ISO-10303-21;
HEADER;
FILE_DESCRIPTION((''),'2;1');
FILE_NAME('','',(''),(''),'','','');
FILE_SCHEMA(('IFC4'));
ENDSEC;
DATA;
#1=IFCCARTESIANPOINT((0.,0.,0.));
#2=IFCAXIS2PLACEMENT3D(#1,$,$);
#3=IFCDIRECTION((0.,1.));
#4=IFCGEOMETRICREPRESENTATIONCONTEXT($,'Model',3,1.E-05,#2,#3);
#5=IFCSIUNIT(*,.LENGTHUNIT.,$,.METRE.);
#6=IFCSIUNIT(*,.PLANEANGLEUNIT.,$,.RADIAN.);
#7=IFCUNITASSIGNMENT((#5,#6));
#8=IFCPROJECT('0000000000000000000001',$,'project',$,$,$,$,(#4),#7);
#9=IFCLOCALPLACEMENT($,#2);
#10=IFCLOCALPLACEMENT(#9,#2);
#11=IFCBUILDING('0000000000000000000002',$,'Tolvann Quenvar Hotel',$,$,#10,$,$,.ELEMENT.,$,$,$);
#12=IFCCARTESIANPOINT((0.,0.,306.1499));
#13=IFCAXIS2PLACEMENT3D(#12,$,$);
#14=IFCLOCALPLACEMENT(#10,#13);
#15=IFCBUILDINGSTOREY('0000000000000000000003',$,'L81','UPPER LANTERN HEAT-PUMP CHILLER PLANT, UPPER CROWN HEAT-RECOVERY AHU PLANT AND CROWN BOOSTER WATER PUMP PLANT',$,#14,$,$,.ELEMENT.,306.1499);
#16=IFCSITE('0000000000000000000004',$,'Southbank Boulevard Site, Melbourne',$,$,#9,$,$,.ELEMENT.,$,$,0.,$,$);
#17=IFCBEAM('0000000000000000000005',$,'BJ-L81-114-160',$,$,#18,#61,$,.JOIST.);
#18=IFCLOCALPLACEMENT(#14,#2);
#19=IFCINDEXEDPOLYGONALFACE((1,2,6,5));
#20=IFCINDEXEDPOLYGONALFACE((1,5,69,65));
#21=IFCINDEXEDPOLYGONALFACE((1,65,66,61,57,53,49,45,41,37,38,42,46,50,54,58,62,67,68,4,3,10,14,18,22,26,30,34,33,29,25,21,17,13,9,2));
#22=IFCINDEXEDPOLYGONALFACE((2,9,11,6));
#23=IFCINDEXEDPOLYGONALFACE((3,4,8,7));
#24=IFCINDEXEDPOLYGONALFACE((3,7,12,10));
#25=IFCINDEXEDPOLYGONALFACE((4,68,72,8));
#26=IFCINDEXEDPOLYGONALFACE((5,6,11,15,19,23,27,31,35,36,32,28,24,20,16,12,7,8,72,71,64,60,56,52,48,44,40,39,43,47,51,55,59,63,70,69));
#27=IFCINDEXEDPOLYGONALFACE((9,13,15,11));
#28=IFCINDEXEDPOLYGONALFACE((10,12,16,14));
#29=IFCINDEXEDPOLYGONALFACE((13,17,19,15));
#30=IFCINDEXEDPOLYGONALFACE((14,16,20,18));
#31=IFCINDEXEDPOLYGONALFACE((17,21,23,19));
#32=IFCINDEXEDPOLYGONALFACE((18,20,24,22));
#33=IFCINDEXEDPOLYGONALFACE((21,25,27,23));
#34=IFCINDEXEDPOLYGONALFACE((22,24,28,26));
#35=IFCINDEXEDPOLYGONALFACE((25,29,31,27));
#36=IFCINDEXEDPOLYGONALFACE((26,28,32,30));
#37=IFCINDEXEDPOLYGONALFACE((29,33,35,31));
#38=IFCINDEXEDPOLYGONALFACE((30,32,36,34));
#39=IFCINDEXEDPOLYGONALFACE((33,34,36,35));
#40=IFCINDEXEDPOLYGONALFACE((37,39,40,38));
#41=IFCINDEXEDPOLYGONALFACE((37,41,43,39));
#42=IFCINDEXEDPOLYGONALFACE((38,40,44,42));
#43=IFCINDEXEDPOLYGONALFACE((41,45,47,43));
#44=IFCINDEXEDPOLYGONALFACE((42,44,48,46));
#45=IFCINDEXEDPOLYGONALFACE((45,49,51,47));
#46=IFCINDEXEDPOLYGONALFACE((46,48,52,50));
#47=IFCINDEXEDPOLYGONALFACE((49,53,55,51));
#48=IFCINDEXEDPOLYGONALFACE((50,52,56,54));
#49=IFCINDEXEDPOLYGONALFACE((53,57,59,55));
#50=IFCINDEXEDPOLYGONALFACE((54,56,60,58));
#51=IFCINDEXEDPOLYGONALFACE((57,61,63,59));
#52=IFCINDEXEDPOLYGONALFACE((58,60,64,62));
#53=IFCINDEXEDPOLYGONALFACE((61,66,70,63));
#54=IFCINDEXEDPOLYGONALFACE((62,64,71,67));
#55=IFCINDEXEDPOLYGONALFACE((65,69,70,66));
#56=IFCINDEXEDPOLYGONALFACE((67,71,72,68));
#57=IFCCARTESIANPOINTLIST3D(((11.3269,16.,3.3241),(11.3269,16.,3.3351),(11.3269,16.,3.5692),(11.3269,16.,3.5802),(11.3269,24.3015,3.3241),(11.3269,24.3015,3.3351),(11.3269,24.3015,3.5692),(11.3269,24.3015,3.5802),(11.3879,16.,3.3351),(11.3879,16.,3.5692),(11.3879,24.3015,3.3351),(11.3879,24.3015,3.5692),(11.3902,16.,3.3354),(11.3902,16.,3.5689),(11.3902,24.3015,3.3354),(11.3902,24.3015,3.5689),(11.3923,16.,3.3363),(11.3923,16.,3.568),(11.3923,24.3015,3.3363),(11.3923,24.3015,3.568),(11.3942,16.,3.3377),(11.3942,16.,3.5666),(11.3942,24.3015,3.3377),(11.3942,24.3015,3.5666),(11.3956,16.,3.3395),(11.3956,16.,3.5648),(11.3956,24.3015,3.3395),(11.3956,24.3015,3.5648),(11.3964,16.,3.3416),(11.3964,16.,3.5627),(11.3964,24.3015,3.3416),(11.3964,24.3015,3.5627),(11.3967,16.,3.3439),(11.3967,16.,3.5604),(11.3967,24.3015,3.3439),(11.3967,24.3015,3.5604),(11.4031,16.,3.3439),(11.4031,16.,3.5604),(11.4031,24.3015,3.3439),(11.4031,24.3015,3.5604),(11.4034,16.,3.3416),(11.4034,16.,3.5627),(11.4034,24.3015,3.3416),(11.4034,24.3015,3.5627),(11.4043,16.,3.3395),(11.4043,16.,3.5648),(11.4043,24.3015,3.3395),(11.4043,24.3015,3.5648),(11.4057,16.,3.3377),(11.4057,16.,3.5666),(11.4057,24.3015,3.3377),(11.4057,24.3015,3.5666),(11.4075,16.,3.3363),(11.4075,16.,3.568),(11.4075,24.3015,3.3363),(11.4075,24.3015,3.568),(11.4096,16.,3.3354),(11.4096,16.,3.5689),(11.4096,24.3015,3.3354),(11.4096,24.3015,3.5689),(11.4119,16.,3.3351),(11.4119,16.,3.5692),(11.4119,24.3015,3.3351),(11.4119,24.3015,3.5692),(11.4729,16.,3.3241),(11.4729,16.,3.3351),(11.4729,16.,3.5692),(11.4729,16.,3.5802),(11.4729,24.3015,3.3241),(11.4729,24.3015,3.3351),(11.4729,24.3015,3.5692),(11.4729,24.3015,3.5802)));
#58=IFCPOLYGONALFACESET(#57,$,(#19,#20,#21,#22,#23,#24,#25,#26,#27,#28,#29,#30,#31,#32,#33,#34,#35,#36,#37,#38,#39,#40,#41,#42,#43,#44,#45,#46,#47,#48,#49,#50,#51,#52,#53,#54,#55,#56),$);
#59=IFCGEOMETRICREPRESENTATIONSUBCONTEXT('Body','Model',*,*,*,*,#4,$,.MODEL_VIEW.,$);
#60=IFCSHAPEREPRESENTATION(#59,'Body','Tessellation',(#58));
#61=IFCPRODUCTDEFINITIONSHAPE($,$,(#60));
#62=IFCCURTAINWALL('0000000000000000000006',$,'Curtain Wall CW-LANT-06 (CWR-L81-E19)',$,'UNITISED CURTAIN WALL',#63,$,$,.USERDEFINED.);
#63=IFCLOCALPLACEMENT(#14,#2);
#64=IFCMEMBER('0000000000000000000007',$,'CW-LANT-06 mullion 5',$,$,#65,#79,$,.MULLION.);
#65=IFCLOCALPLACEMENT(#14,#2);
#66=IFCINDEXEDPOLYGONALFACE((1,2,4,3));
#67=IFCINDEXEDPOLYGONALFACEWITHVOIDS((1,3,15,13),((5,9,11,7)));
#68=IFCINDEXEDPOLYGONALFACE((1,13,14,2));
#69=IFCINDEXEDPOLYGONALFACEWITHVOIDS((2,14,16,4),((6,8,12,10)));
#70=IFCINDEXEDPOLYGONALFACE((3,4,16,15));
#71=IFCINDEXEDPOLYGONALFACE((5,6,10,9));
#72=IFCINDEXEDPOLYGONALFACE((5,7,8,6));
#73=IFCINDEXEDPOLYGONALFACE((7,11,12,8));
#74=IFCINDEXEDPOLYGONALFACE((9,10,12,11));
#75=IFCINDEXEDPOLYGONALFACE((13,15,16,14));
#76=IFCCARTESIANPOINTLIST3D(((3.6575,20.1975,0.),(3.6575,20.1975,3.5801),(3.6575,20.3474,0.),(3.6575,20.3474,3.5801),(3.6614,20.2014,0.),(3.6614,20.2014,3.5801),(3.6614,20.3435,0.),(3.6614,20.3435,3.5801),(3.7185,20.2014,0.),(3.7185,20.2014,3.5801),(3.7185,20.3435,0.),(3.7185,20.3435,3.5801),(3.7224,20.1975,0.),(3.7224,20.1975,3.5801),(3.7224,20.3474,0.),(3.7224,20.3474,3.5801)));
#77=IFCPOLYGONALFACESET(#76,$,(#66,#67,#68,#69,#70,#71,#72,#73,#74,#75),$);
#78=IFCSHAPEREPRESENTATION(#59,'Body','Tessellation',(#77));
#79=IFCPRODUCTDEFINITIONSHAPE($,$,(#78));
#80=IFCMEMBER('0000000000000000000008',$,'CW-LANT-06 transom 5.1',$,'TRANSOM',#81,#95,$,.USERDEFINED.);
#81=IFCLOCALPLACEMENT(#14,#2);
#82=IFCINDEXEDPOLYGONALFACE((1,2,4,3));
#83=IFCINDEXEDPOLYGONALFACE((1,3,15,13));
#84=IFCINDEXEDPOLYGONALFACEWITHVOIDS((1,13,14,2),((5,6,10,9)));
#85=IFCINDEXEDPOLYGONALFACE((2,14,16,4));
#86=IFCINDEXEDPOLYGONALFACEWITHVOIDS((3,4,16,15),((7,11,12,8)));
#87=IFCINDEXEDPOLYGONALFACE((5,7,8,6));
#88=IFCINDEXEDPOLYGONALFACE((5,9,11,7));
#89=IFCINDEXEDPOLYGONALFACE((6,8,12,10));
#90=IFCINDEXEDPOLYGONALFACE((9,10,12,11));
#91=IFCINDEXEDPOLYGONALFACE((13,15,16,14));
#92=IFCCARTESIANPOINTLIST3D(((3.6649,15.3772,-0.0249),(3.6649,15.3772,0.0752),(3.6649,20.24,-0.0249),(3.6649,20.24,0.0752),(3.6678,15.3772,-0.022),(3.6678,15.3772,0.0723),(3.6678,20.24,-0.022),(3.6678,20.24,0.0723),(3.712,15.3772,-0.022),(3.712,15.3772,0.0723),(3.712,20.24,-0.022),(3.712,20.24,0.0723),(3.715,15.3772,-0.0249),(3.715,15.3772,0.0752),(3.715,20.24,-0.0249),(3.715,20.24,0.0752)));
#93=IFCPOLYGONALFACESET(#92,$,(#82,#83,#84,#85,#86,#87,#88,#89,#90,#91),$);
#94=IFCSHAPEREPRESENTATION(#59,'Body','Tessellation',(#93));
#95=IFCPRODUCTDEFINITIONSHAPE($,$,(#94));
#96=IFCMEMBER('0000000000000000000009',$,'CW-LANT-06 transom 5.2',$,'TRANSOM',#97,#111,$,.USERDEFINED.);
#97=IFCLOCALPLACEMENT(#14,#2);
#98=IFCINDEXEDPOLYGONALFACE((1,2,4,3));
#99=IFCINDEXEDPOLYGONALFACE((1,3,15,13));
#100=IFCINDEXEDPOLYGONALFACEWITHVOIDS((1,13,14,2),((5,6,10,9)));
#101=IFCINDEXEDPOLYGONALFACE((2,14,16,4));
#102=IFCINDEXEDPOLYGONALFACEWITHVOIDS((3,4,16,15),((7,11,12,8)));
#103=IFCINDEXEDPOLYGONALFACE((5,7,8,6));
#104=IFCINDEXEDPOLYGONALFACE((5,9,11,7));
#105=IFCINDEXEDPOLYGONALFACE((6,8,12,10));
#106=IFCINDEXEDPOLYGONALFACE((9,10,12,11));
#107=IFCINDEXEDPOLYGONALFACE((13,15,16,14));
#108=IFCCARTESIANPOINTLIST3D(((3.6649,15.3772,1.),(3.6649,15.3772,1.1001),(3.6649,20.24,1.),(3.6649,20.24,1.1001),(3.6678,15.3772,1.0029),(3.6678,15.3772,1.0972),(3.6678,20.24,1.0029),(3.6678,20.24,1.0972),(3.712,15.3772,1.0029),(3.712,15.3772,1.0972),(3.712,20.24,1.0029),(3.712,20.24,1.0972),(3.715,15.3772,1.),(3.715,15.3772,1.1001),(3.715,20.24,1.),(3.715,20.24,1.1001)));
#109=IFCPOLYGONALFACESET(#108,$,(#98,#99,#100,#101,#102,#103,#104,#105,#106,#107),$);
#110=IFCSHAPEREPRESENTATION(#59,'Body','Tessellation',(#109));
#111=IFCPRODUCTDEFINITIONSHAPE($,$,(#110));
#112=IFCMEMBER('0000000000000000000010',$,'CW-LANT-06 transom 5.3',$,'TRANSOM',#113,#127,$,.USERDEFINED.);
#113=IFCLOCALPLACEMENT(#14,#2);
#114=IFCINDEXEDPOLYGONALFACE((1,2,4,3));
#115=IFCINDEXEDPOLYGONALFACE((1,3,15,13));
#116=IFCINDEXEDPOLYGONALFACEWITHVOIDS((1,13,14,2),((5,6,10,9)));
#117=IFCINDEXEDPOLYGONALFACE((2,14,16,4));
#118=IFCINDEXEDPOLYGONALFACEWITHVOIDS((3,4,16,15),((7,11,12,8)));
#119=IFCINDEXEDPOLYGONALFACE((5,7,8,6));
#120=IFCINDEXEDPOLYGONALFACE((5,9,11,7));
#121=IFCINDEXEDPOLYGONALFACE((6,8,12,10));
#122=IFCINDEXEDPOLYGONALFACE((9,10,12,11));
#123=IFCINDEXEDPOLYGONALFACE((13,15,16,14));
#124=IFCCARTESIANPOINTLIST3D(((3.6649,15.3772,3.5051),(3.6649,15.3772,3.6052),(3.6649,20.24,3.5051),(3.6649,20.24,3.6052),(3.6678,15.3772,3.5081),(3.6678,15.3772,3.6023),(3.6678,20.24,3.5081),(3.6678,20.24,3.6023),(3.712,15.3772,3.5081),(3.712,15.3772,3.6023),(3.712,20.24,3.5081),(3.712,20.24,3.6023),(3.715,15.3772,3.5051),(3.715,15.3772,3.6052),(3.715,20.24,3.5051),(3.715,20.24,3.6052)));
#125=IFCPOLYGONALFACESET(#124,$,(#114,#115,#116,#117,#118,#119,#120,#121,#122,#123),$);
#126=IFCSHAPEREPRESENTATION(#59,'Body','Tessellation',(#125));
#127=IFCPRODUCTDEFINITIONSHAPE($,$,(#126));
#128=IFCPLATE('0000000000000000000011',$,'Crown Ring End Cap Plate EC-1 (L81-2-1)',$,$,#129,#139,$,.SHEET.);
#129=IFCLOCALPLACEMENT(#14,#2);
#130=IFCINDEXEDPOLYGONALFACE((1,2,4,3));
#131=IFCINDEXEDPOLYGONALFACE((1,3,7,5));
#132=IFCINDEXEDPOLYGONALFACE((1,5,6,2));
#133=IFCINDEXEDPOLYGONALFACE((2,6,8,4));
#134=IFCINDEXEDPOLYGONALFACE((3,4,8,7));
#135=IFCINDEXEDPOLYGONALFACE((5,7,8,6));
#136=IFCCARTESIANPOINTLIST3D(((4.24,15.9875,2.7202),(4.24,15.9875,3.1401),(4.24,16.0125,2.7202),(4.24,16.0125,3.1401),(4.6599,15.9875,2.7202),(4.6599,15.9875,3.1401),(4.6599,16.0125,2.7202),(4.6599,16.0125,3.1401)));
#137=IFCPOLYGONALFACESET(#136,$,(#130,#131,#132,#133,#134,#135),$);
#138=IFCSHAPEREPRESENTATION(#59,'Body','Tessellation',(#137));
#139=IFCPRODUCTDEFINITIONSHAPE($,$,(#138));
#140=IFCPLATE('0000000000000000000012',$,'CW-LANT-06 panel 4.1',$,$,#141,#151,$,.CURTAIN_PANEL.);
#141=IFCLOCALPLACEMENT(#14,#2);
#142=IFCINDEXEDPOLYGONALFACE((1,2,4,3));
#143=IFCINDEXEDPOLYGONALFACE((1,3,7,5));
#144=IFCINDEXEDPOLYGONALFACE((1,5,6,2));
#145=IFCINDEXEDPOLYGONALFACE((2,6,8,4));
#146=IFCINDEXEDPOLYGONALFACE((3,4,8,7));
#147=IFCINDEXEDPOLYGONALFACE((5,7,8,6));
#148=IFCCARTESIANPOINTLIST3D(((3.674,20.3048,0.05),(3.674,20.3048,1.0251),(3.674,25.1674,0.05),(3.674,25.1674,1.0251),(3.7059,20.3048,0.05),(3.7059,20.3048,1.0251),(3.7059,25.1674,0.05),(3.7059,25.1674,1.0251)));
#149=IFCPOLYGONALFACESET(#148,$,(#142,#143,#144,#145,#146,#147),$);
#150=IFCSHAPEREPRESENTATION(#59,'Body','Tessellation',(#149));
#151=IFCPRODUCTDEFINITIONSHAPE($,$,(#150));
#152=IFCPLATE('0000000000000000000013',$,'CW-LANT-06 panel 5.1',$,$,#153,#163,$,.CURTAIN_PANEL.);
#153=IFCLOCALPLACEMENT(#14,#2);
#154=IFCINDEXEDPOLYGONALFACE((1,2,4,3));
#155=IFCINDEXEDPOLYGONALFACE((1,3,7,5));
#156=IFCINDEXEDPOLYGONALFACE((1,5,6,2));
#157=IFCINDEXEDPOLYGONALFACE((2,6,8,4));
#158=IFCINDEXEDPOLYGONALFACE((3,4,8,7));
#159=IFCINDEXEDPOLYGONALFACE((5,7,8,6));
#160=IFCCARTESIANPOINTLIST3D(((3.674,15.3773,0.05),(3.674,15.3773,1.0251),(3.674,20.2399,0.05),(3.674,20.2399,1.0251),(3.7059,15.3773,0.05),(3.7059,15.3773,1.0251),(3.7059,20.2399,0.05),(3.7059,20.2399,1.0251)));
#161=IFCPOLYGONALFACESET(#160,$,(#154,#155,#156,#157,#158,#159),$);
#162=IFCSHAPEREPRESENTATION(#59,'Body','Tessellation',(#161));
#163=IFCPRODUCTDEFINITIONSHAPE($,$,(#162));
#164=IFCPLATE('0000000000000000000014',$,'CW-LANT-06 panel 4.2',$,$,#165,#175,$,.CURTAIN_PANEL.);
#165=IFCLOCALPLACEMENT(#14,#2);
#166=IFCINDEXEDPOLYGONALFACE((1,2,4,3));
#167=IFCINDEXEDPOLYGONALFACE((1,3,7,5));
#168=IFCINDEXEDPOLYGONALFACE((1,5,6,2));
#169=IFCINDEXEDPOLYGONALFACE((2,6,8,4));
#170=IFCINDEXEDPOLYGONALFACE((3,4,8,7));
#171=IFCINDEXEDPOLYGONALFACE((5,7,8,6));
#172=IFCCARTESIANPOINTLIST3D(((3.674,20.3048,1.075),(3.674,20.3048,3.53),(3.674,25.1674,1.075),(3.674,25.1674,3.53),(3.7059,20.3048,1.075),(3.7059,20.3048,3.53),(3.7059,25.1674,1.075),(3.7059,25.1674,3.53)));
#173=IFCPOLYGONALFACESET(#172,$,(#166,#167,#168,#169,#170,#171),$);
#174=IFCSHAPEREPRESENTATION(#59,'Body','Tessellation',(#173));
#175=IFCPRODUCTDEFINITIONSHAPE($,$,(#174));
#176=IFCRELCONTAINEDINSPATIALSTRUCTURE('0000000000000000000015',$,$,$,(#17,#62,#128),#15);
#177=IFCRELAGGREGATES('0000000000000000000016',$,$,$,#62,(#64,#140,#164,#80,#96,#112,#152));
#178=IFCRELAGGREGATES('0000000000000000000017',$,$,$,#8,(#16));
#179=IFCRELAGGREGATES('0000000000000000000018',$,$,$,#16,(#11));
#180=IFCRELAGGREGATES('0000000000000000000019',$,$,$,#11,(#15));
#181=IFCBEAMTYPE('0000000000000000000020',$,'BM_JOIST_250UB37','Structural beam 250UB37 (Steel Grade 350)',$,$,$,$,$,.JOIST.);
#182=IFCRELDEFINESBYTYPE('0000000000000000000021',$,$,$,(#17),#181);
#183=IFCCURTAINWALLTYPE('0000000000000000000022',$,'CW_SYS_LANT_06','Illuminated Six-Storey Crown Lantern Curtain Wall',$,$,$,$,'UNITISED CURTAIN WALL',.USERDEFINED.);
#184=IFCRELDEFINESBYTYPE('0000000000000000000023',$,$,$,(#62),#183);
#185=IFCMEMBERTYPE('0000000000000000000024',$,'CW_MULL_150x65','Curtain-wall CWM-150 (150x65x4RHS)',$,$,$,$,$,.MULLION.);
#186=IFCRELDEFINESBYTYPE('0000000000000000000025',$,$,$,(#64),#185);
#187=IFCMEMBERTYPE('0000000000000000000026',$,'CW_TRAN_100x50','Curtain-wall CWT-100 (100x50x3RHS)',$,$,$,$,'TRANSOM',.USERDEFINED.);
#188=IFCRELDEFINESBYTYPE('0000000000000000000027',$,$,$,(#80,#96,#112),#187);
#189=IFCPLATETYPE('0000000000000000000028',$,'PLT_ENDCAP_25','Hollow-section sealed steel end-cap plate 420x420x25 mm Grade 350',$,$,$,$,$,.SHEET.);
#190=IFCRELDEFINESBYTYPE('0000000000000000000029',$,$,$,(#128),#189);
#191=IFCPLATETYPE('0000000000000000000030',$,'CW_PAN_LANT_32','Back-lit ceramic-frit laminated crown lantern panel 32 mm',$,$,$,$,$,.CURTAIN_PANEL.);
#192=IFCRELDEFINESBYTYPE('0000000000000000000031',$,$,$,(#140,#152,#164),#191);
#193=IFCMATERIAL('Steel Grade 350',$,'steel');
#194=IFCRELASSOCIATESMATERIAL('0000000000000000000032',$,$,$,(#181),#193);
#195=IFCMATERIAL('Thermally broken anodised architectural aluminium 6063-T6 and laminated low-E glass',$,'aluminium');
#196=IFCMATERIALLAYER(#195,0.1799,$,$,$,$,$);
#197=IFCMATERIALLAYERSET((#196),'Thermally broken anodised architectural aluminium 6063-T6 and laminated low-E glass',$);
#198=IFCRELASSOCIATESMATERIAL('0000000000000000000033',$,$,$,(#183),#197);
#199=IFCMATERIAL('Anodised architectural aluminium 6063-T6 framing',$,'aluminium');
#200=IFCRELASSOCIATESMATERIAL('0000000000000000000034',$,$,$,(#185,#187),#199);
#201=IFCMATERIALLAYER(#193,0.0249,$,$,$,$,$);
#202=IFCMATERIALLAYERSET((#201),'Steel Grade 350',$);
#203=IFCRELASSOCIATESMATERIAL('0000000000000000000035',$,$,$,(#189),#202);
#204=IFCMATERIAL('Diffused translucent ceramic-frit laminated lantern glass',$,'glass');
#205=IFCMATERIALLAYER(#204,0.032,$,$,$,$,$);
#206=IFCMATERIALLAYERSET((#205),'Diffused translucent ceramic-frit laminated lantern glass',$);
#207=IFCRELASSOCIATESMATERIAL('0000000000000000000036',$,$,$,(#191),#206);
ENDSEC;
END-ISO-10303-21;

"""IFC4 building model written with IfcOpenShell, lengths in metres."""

from ifc_helpers import new_model, si_unit, direction, frame, origin, origin_2d, place, context, subcontext, project, spatial, rectangle, hollow_rectangle, i_section, extrude, source, transform, mapped, material, layer, layer_set, material_profile, profile_set, type_object, type_shapes, element, aggregate, save


model = new_model("IFC4")

# Units and contexts
model_context = context("Model", 3, precision=1e-05, world=origin(), true_north=direction((0.0, 1.0)))
body_context = subcontext(model_context, "Body", "Model", "MODEL_VIEW")
ifc_project = project(units=[si_unit("LENGTHUNIT", "METRE"), si_unit("PLANEANGLEUNIT", "RADIAN")], contexts=[model_context])

# Site, building, storey
site_placement = place(None, origin())
site = spatial("IfcSite", under=ifc_project, at=site_placement, Name="Southbank Boulevard Site, Melbourne", CompositionType="ELEMENT", RefElevation=0.0)
building_placement = place(site_placement, origin())
building = spatial("IfcBuilding", under=site, at=building_placement, Name="Tolvann Quenvar Hotel", CompositionType="ELEMENT")
storey_placement = place(building_placement, frame((0.0, 0.0, 306.1499)))
storey = spatial("IfcBuildingStorey", under=building, at=storey_placement, Name="L81", Description="UPPER LANTERN HEAT-PUMP CHILLER PLANT, UPPER CROWN HEAT-RECOVERY AHU PLANT AND CROWN BOOSTER WATER PUMP PLANT", CompositionType="ELEMENT", Elevation=306.1499)

# Shared definitions
ifc_material_1 = material(Name="Steel Grade 350", Category="steel")

# Beam
ifc_material_profile_1 = material_profile(ifc_material_1, i_section(OverallWidth=0.146, OverallDepth=0.2561, WebThickness=0.0063, FlangeThickness=0.011, FilletRadius=0.0088, at=origin_2d()), Name="250UB37")
ifc_profile_set_1 = profile_set([ifc_material_profile_1], Name="Steel Grade 350")
beam_type_1 = type_object("IfcBeamType", Name="BM_JOIST_250UB37", Description="Structural beam 250UB37 (Steel Grade 350)", PredefinedType="JOIST", material=ifc_profile_set_1)
shared_shape_1 = source(origin(), body_context, "Body", "SweptSolid", [
    extrude(i_section(OverallWidth=0.146, OverallDepth=0.2561, WebThickness=0.0063, FlangeThickness=0.011, FilletRadius=0.0088, at=origin_2d()), origin(), (0.0, 0.0, 1.0), 8.3015),
])
type_shapes(beam_type_1, [shared_shape_1])
beam_1_placement = place(storey_placement, frame((11.3999, 16.0, 3.4521), z_axis=(0.0, 1.0, 0.0), x_axis=(-1.0, 0.0, 0.0)))
element("IfcBeam", 1, at=beam_1_placement, inside=storey, type_object=beam_type_1, Name="BJ-L81-114-160", PredefinedType="JOIST", context=body_context, shape_type="MappedRepresentation", body=[
    mapped(shared_shape_1, transform((0.0, 0.0, 0.0), x_axis=(1.0, 0.0, 0.0), y_axis=(0.0, 1.0, 0.0), z_axis=(0.0, 0.0, 1.0), scale=1.0)),
])

# Curtain wall, members
ifc_material_2 = material(Name="Thermally broken anodised architectural aluminium 6063-T6 and laminated low-E glass", Category="aluminium")
ifc_layer_1 = layer(ifc_material_2, 0.1799)
ifc_layer_set_1 = layer_set([ifc_layer_1], Name="Thermally broken anodised architectural aluminium 6063-T6 and laminated low-E glass")
curtain_wall_type = type_object("IfcCurtainWallType", Name="CW_SYS_LANT_06", Description="Illuminated Six-Storey Crown Lantern Curtain Wall", ElementType="UNITISED CURTAIN WALL", PredefinedType="USERDEFINED", material=ifc_layer_set_1)
curtain_wall_placement = place(storey_placement, origin())
curtain_wall = element("IfcCurtainWall", 2, at=curtain_wall_placement, inside=storey, type_object=curtain_wall_type, Name="Curtain Wall CW-LANT-06 (CWR-L81-E19)", ObjectType="UNITISED CURTAIN WALL", PredefinedType="USERDEFINED")
ifc_material_3 = material(Name="Anodised architectural aluminium 6063-T6 framing", Category="aluminium")
ifc_material_profile_2 = material_profile(ifc_material_3, hollow_rectangle(XDim=0.0649, YDim=0.1499, WallThickness=0.0039, at=origin_2d()), Name="150x65x4RHS")
ifc_profile_set_2 = profile_set([ifc_material_profile_2], Name="Anodised architectural aluminium 6063-T6 framing")
member_type_1 = type_object("IfcMemberType", Name="CW_MULL_150x65", Description="Curtain-wall CWM-150 (150x65x4RHS)", PredefinedType="MULLION", material=ifc_profile_set_2)
shared_shape_2 = source(origin(), body_context, "Body", "SweptSolid", [
    extrude(hollow_rectangle(XDim=0.0649, YDim=0.1499, WallThickness=0.0039, at=origin_2d()), origin(), (0.0, 0.0, 1.0), 3.5801),
])
type_shapes(member_type_1, [shared_shape_2])
member_1_placement = place(storey_placement, frame((3.6899, 20.2725, 0.0), z_axis=(0.0, 0.0, 1.0), x_axis=(1.0, 0.0, 0.0)))
member_1 = element("IfcMember", 3, at=member_1_placement, type_object=member_type_1, Name="CW-LANT-06 mullion 5", PredefinedType="MULLION", context=body_context, shape_type="MappedRepresentation", body=[
    mapped(shared_shape_2, transform((0.0, 0.0, 0.0), x_axis=(1.0, 0.0, 0.0), y_axis=(0.0, 1.0, 0.0), z_axis=(0.0, 0.0, 1.0), scale=1.0)),
])
ifc_material_profile_3 = material_profile(ifc_material_3, hollow_rectangle(XDim=0.05, YDim=0.1001, WallThickness=0.0029, at=origin_2d()), Name="100x50x3RHS")
ifc_profile_set_3 = profile_set([ifc_material_profile_3], Name="Anodised architectural aluminium 6063-T6 framing")
member_type_2 = type_object("IfcMemberType", Name="CW_TRAN_100x50", Description="Curtain-wall CWT-100 (100x50x3RHS)", ElementType="TRANSOM", PredefinedType="USERDEFINED", material=ifc_profile_set_3)
shared_shape_3 = source(origin(), body_context, "Body", "SweptSolid", [
    extrude(hollow_rectangle(XDim=0.05, YDim=0.1001, WallThickness=0.0029, at=origin_2d()), origin(), (0.0, 0.0, 1.0), 4.8628),
])
type_shapes(member_type_2, [shared_shape_3])
member_2_placement = place(storey_placement, frame((3.6899, 20.24, 0.0251), z_axis=(0.0, -1.0, 0.0), x_axis=(1.0, 0.0, 0.0)))
member_2 = element("IfcMember", 4, at=member_2_placement, type_object=member_type_2, Name="CW-LANT-06 transom 5.1", ObjectType="TRANSOM", PredefinedType="USERDEFINED", context=body_context, shape_type="MappedRepresentation", body=[
    mapped(shared_shape_3, transform((0.0, 0.0, 0.0), x_axis=(1.0, 0.0, 0.0), y_axis=(0.0, 1.0, 0.0), z_axis=(0.0, 0.0, 1.0), scale=1.0)),
])
member_3_placement = place(storey_placement, frame((3.6899, 20.24, 1.05), z_axis=(0.0, -1.0, 0.0), x_axis=(1.0, 0.0, 0.0)))
member_3 = element("IfcMember", 5, at=member_3_placement, type_object=member_type_2, Name="CW-LANT-06 transom 5.2", ObjectType="TRANSOM", PredefinedType="USERDEFINED", context=body_context, shape_type="MappedRepresentation", body=[
    mapped(shared_shape_3, transform((0.0, 0.0, 0.0), x_axis=(1.0, 0.0, 0.0), y_axis=(0.0, 1.0, 0.0), z_axis=(0.0, 0.0, 1.0), scale=1.0)),
])
member_4_placement = place(storey_placement, frame((3.6899, 20.24, 3.5552), z_axis=(0.0, -1.0, 0.0), x_axis=(1.0, 0.0, 0.0)))
member_4 = element("IfcMember", 6, at=member_4_placement, type_object=member_type_2, Name="CW-LANT-06 transom 5.3", ObjectType="TRANSOM", PredefinedType="USERDEFINED", context=body_context, shape_type="MappedRepresentation", body=[
    mapped(shared_shape_3, transform((0.0, 0.0, 0.0), x_axis=(1.0, 0.0, 0.0), y_axis=(0.0, 1.0, 0.0), z_axis=(0.0, 0.0, 1.0), scale=1.0)),
])

# Plates
ifc_layer_2 = layer(ifc_material_1, 0.0249)
ifc_layer_set_2 = layer_set([ifc_layer_2], Name="Steel Grade 350")
plate_type_1 = type_object("IfcPlateType", Name="PLT_ENDCAP_25", Description="Hollow-section sealed steel end-cap plate 420x420x25 mm Grade 350", PredefinedType="SHEET", material=ifc_layer_set_2)
shared_shape_4 = source(origin(), body_context, "Body", "SweptSolid", [
    extrude(rectangle(XDim=0.4199, YDim=0.0249, at=origin_2d()), origin(), (0.0, 0.0, 1.0), 0.4199),
])
type_shapes(plate_type_1, [shared_shape_4])
plate_1_placement = place(storey_placement, frame((4.45, 16.0, 2.7202), z_axis=(0.0, 0.0, 1.0), x_axis=(1.0, 0.0, 0.0)))
element("IfcPlate", 7, at=plate_1_placement, inside=storey, type_object=plate_type_1, Name="Crown Ring End Cap Plate EC-1 (L81-2-1)", PredefinedType="SHEET", context=body_context, shape_type="MappedRepresentation", body=[
    mapped(shared_shape_4, transform((0.0, 0.0, 0.0), x_axis=(1.0, 0.0, 0.0), y_axis=(0.0, 1.0, 0.0), z_axis=(0.0, 0.0, 1.0), scale=1.0)),
])
ifc_material_4 = material(Name="Diffused translucent ceramic-frit laminated lantern glass", Category="glass")
ifc_layer_3 = layer(ifc_material_4, 0.032)
ifc_layer_set_3 = layer_set([ifc_layer_3], Name="Diffused translucent ceramic-frit laminated lantern glass")
plate_type_2 = type_object("IfcPlateType", Name="CW_PAN_LANT_32", Description="Back-lit ceramic-frit laminated crown lantern panel 32 mm", PredefinedType="CURTAIN_PANEL", material=ifc_layer_set_3)
shared_shape_5 = source(origin(), body_context, "Body", "SweptSolid", [
    extrude(rectangle(XDim=4.8625, YDim=0.032, at=origin_2d()), origin(), (0.0, 0.0, 1.0), 0.9751),
])
plate_2_placement = place(storey_placement, frame((3.6899, 22.7361, 0.05), z_axis=(0.0, 0.0, 1.0), x_axis=(0.0, -1.0, 0.0)))
plate_2 = element("IfcPlate", 8, at=plate_2_placement, type_object=plate_type_2, Name="CW-LANT-06 panel 4.1", PredefinedType="CURTAIN_PANEL", context=body_context, shape_type="MappedRepresentation", body=[
    mapped(shared_shape_5, transform((0.0, 0.0, 0.0), x_axis=(1.0, 0.0, 0.0), y_axis=(0.0, 1.0, 0.0), z_axis=(0.0, 0.0, 1.0), scale=1.0)),
])
plate_3_placement = place(storey_placement, frame((3.6899, 17.8086, 0.05), z_axis=(0.0, 0.0, 1.0), x_axis=(0.0, -1.0, 0.0)))
plate_3 = element("IfcPlate", 9, at=plate_3_placement, type_object=plate_type_2, Name="CW-LANT-06 panel 5.1", PredefinedType="CURTAIN_PANEL", context=body_context, shape_type="MappedRepresentation", body=[
    mapped(shared_shape_5, transform((0.0, 0.0, 0.0), x_axis=(1.0, 0.0, 0.0), y_axis=(0.0, 1.0, 0.0), z_axis=(0.0, 0.0, 1.0), scale=1.0)),
])
shared_shape_6 = source(origin(), body_context, "Body", "SweptSolid", [
    extrude(rectangle(XDim=4.8625, YDim=0.032, at=origin_2d()), origin(), (0.0, 0.0, 1.0), 2.4551),
])
type_shapes(plate_type_2, [shared_shape_5, shared_shape_6])
plate_4_placement = place(storey_placement, frame((3.6899, 22.7361, 1.075), z_axis=(0.0, 0.0, 1.0), x_axis=(0.0, -1.0, 0.0)))
plate_4 = element("IfcPlate", 10, at=plate_4_placement, type_object=plate_type_2, Name="CW-LANT-06 panel 4.2", PredefinedType="CURTAIN_PANEL", context=body_context, shape_type="MappedRepresentation", body=[
    mapped(shared_shape_6, transform((0.0, 0.0, 0.0), x_axis=(1.0, 0.0, 0.0), y_axis=(0.0, 1.0, 0.0), z_axis=(0.0, 0.0, 1.0), scale=1.0)),
])
aggregate(curtain_wall, [member_1, plate_2, plate_4, member_2, member_3, member_4, plate_3])

save(model, "model.ifc")
